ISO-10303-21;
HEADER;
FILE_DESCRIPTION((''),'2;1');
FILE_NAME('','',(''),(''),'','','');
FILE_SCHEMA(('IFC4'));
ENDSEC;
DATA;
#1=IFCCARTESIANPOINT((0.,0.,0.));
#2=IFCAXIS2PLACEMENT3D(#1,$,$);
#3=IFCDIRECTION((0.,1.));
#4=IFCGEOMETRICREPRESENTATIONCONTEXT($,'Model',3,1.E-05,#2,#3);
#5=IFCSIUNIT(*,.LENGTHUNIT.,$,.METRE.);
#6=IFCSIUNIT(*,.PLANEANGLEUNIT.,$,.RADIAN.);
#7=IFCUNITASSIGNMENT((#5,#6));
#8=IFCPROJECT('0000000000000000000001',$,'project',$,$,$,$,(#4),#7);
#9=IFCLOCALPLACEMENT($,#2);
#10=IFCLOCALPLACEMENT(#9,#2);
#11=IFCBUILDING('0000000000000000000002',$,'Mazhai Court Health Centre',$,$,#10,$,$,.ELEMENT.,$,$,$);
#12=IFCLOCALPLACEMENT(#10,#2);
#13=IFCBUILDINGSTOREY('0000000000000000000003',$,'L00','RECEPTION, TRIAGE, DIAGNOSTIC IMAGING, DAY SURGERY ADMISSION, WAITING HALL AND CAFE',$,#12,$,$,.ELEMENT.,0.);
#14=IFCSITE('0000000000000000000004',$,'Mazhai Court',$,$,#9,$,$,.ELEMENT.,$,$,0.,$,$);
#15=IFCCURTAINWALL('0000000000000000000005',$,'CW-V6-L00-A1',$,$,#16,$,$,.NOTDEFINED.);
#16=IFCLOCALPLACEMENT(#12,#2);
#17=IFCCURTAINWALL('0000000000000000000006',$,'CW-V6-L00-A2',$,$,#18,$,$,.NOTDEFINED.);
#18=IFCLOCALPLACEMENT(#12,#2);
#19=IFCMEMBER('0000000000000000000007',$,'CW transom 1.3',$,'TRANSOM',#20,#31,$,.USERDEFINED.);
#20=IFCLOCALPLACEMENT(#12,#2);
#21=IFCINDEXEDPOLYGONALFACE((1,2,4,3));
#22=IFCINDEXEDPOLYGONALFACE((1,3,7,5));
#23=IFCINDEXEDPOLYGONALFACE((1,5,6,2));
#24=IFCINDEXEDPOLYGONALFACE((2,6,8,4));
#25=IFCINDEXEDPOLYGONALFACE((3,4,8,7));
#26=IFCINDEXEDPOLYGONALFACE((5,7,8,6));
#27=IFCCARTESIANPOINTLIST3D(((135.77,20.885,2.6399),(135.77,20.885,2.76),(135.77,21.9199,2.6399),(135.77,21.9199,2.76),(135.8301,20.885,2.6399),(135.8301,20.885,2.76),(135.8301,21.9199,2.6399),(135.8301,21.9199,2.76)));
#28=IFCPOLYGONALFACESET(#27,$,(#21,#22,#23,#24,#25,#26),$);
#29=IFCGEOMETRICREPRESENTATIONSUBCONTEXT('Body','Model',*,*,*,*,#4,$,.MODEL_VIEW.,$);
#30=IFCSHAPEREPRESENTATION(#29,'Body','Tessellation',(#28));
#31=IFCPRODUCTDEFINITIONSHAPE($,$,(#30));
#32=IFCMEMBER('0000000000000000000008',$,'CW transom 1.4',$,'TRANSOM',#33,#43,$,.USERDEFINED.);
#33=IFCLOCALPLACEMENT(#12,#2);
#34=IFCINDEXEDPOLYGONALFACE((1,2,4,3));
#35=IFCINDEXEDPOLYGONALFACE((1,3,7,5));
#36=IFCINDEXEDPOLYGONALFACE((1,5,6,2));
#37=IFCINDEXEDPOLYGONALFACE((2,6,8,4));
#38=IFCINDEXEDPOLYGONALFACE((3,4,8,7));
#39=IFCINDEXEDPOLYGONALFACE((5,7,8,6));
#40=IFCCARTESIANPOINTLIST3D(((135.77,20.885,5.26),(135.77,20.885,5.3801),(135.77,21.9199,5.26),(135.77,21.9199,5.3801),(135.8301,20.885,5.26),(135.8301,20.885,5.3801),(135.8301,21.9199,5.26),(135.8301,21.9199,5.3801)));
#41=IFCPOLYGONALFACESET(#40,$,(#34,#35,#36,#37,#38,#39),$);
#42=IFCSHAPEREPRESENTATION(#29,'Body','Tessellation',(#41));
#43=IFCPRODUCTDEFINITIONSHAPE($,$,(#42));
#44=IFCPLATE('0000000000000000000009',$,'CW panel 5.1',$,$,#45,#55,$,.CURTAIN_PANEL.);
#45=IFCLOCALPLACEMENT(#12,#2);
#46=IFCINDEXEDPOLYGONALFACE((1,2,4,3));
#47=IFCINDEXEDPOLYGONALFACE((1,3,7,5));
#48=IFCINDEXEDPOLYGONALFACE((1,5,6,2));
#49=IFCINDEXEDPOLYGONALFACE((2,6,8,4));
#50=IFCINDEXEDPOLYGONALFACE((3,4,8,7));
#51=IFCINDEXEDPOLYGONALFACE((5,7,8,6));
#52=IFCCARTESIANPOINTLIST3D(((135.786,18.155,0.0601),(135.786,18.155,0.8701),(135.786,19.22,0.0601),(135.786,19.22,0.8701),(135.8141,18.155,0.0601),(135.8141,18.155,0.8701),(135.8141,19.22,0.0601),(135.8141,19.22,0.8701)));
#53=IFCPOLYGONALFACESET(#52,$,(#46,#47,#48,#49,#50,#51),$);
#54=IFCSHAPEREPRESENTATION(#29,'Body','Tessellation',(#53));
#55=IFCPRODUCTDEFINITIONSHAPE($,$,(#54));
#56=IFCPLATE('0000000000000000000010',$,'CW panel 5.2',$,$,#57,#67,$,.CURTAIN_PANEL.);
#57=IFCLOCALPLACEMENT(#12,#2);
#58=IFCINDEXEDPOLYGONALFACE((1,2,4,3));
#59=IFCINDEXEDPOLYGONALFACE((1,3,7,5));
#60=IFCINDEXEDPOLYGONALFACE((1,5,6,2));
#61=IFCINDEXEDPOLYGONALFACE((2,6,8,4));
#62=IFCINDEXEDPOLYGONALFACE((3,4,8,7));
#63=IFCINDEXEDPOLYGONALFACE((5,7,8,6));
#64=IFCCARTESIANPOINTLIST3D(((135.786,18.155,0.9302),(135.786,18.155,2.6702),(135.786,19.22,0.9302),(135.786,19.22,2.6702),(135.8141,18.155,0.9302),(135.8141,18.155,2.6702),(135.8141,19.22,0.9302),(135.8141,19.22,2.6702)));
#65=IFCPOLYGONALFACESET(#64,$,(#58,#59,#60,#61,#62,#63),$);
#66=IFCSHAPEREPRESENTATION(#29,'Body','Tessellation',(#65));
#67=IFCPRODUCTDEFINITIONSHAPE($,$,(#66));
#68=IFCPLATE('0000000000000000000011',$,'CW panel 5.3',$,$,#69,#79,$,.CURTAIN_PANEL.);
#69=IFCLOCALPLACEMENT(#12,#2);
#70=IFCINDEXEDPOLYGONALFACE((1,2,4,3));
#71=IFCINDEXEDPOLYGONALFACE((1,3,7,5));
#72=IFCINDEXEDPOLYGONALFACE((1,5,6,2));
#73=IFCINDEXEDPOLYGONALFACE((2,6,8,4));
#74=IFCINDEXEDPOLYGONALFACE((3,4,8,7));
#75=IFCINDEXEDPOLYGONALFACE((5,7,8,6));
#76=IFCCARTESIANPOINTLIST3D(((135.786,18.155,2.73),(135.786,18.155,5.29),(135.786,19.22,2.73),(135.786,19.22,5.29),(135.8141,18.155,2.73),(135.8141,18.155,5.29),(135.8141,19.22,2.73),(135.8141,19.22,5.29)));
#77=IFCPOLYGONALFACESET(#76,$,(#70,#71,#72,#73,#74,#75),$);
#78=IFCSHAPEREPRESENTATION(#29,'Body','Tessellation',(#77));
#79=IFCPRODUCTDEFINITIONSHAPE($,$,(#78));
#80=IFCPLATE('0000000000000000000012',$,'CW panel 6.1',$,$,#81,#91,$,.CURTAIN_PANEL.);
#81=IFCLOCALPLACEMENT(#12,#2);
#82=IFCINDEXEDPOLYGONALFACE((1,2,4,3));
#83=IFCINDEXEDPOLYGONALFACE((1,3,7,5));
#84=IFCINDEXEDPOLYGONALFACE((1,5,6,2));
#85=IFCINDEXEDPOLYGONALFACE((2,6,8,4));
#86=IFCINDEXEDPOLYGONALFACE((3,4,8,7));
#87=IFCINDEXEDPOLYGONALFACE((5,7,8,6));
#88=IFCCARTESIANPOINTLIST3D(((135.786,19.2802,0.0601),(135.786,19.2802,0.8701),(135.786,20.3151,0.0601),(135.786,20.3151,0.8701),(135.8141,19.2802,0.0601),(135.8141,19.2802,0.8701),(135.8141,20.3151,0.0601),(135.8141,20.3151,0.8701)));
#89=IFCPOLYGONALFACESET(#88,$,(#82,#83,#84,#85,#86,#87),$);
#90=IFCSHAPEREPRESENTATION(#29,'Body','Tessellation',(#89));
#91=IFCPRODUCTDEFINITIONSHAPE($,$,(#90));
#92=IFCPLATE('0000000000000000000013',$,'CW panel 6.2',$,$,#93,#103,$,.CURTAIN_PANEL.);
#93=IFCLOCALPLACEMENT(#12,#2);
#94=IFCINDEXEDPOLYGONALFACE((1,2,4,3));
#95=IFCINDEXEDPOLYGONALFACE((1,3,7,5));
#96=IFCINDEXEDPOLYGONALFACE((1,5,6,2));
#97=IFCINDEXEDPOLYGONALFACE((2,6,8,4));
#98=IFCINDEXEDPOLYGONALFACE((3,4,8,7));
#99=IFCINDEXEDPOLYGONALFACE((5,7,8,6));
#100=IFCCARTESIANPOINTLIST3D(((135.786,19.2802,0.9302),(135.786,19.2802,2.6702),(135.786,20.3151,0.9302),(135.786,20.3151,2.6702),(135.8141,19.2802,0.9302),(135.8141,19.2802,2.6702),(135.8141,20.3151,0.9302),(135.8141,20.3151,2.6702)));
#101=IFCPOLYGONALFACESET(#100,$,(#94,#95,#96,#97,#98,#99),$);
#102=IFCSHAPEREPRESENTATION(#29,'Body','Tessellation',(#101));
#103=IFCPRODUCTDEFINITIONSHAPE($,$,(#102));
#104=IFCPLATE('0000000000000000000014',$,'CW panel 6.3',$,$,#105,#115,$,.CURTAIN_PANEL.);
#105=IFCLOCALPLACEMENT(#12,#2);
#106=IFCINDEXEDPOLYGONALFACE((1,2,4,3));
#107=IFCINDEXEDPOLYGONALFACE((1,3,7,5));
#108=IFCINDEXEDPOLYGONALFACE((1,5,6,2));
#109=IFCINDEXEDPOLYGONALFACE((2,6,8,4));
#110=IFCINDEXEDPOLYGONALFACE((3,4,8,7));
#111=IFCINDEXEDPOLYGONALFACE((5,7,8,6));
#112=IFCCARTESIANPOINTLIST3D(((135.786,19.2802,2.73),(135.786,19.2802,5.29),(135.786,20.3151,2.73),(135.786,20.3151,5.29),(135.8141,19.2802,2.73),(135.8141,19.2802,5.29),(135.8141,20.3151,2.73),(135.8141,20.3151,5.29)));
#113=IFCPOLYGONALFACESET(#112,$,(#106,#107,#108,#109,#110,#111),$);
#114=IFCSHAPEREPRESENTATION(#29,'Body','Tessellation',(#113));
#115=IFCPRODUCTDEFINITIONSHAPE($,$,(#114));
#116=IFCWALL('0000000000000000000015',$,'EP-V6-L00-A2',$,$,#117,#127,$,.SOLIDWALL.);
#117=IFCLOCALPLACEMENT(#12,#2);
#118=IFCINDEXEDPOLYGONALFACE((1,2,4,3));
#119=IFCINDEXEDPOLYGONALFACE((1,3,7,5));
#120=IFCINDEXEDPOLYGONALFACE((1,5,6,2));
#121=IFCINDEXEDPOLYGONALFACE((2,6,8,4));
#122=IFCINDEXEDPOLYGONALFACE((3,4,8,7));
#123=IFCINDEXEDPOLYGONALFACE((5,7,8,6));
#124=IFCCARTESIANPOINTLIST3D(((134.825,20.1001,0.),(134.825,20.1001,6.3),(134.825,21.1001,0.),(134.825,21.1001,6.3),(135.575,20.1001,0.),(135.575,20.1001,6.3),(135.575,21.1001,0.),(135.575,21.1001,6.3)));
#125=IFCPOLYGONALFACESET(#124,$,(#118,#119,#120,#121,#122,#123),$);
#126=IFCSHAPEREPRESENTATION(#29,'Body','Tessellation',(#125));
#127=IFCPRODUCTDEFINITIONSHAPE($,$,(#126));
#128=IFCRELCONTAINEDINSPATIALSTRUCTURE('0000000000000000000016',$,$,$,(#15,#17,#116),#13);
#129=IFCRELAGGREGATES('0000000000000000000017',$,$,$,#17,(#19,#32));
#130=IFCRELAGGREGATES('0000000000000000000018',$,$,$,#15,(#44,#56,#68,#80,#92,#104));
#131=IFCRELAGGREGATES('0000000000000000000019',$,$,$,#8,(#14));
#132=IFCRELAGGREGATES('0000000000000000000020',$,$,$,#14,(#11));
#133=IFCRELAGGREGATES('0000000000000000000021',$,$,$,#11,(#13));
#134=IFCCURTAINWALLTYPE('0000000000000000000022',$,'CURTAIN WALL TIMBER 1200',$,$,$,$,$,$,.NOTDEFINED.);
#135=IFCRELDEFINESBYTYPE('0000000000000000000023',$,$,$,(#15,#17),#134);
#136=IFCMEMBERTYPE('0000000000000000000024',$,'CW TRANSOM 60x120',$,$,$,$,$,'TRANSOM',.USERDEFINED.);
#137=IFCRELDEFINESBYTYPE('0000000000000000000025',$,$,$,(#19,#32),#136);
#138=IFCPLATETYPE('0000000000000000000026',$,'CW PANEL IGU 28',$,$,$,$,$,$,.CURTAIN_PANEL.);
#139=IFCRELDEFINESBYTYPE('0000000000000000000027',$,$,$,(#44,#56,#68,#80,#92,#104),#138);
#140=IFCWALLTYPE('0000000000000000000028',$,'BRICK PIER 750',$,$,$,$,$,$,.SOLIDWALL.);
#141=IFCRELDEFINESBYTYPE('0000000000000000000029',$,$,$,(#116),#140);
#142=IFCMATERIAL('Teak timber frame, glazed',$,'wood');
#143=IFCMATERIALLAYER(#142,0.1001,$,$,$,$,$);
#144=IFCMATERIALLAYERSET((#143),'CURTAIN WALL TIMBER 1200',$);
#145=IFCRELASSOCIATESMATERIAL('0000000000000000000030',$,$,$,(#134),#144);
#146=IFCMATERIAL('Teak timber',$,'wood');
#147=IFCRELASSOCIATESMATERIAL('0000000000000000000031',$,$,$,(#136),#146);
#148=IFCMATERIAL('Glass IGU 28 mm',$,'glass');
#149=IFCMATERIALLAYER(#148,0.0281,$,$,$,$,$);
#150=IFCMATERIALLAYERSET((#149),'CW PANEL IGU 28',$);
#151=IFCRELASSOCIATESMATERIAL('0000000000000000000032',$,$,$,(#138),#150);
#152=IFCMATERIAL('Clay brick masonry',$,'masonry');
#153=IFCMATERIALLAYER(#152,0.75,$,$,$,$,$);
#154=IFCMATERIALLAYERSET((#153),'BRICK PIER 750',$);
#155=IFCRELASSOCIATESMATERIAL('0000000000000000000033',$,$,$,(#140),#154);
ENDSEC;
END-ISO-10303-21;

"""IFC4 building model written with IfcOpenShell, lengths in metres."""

from ifc_helpers import new_model, si_unit, direction, frame, frame_2d, origin, origin_2d, place, context, subcontext, project, spatial, rectangle, extrude, material, layer, layer_set, material_profile, profile_set, type_object, element, aggregate, save


model = new_model("IFC4")

# Units and contexts
model_context = context("Model", 3, precision=1e-05, world=origin(), true_north=direction((0.0, 1.0)))
body_context = subcontext(model_context, "Body", "Model", "MODEL_VIEW")
ifc_project = project(units=[si_unit("LENGTHUNIT", "METRE"), si_unit("PLANEANGLEUNIT", "RADIAN")], contexts=[model_context])

# Site, building, storey
site_placement = place(None, origin())
site = spatial("IfcSite", under=ifc_project, at=site_placement, Name="Mazhai Court", CompositionType="ELEMENT", RefElevation=0.0)
building_placement = place(site_placement, origin())
building = spatial("IfcBuilding", under=site, at=building_placement, Name="Mazhai Court Health Centre", CompositionType="ELEMENT")
storey_placement = place(building_placement, origin())
storey = spatial("IfcBuildingStorey", under=building, at=storey_placement, Name="L00", Description="RECEPTION, TRIAGE, DIAGNOSTIC IMAGING, DAY SURGERY ADMISSION, WAITING HALL AND CAFE", CompositionType="ELEMENT", Elevation=0.0)

# Curtain wall
ifc_material_1 = material(Name="Teak timber frame, glazed", Category="wood")
ifc_layer_1 = layer(ifc_material_1, 0.1001)
ifc_layer_set_1 = layer_set([ifc_layer_1], Name="CURTAIN WALL TIMBER 1200")
curtain_wall_type = type_object("IfcCurtainWallType", Name="CURTAIN WALL TIMBER 1200", PredefinedType="NOTDEFINED", material=ifc_layer_set_1)
curtain_wall_1_placement = place(storey_placement, origin())
curtain_wall_1 = element("IfcCurtainWall", 1, at=curtain_wall_1_placement, inside=storey, type_object=curtain_wall_type, Name="CW-V6-L00-A1", PredefinedType="NOTDEFINED")

# Curtain wall
curtain_wall_2_placement = place(storey_placement, origin())
curtain_wall_2 = element("IfcCurtainWall", 2, at=curtain_wall_2_placement, inside=storey, type_object=curtain_wall_type, Name="CW-V6-L00-A2", PredefinedType="NOTDEFINED")

# Members
ifc_material_2 = material(Name="Teak timber", Category="wood")
ifc_material_profile_1 = material_profile(ifc_material_2, rectangle(XDim=0.0601, YDim=0.1201, at=origin_2d()), Name="CW TRANSOM 60x120")
ifc_profile_set_1 = profile_set([ifc_material_profile_1], Name="Teak timber")
member_type_1 = type_object("IfcMemberType", Name="CW TRANSOM 60x120", ElementType="TRANSOM", PredefinedType="USERDEFINED", material=ifc_profile_set_1)
member_1_placement = place(storey_placement, frame((135.8, 20.885, 2.7), z_axis=(0.0, 1.0, 0.0), x_axis=(-1.0, 0.0, 0.0)))
member_1 = element("IfcMember", 3, at=member_1_placement, type_object=member_type_1, Name="CW transom 1.3", ObjectType="TRANSOM", PredefinedType="USERDEFINED", context=body_context, shape_type="SweptSolid", body=[
    extrude(rectangle(XDim=0.0601, YDim=0.1201, at=origin_2d()), origin(), (0.0, 0.0, 1.0), 1.0349),
])
member_2_placement = place(storey_placement, frame((135.8, 20.885, 5.3201), z_axis=(0.0, 1.0, 0.0), x_axis=(-1.0, 0.0, 0.0)))
member_2 = element("IfcMember", 4, at=member_2_placement, type_object=member_type_1, Name="CW transom 1.4", ObjectType="TRANSOM", PredefinedType="USERDEFINED", context=body_context, shape_type="SweptSolid", body=[
    extrude(rectangle(XDim=0.0601, YDim=0.1201, at=origin_2d()), origin(), (0.0, 0.0, 1.0), 1.0349),
])
aggregate(curtain_wall_2, [member_1, member_2])

# Plates
ifc_material_3 = material(Name="Glass IGU 28 mm", Category="glass")
ifc_layer_2 = layer(ifc_material_3, 0.0281)
ifc_layer_set_2 = layer_set([ifc_layer_2], Name="CW PANEL IGU 28")
plate_type = type_object("IfcPlateType", Name="CW PANEL IGU 28", PredefinedType="CURTAIN_PANEL", material=ifc_layer_set_2)
plate_1_placement = place(storey_placement, frame((135.8, 18.6875, 0.0601), z_axis=(0.0, 0.0, 1.0), x_axis=(0.0, 1.0, 0.0)))
plate_1 = element("IfcPlate", 5, at=plate_1_placement, type_object=plate_type, Name="CW panel 5.1", PredefinedType="CURTAIN_PANEL", context=body_context, shape_type="SweptSolid", body=[
    extrude(rectangle(XDim=1.0649, YDim=0.0281, at=origin_2d()), origin(), (0.0, 0.0, 1.0), 0.8101),
])
plate_2_placement = place(storey_placement, frame((135.8, 18.6875, 0.9302), z_axis=(0.0, 0.0, 1.0), x_axis=(0.0, 1.0, 0.0)))
plate_2 = element("IfcPlate", 6, at=plate_2_placement, type_object=plate_type, Name="CW panel 5.2", PredefinedType="CURTAIN_PANEL", context=body_context, shape_type="SweptSolid", body=[
    extrude(rectangle(XDim=1.0649, YDim=0.0281, at=origin_2d()), origin(), (0.0, 0.0, 1.0), 1.74),
])
plate_3_placement = place(storey_placement, frame((135.8, 18.6875, 2.73), z_axis=(0.0, 0.0, 1.0), x_axis=(0.0, 1.0, 0.0)))
plate_3 = element("IfcPlate", 7, at=plate_3_placement, type_object=plate_type, Name="CW panel 5.3", PredefinedType="CURTAIN_PANEL", context=body_context, shape_type="SweptSolid", body=[
    extrude(rectangle(XDim=1.0649, YDim=0.0281, at=origin_2d()), origin(), (0.0, 0.0, 1.0), 2.5601),
])
plate_4_placement = place(storey_placement, frame((135.8, 19.7976, 0.0601), z_axis=(0.0, 0.0, 1.0), x_axis=(0.0, 1.0, 0.0)))
plate_4 = element("IfcPlate", 8, at=plate_4_placement, type_object=plate_type, Name="CW panel 6.1", PredefinedType="CURTAIN_PANEL", context=body_context, shape_type="SweptSolid", body=[
    extrude(rectangle(XDim=1.0349, YDim=0.0281, at=origin_2d()), origin(), (0.0, 0.0, 1.0), 0.8101),
])
plate_5_placement = place(storey_placement, frame((135.8, 19.7976, 0.9302), z_axis=(0.0, 0.0, 1.0), x_axis=(0.0, 1.0, 0.0)))
plate_5 = element("IfcPlate", 9, at=plate_5_placement, type_object=plate_type, Name="CW panel 6.2", PredefinedType="CURTAIN_PANEL", context=body_context, shape_type="SweptSolid", body=[
    extrude(rectangle(XDim=1.0349, YDim=0.0281, at=origin_2d()), origin(), (0.0, 0.0, 1.0), 1.74),
])
plate_6_placement = place(storey_placement, frame((135.8, 19.7976, 2.73), z_axis=(0.0, 0.0, 1.0), x_axis=(0.0, 1.0, 0.0)))
plate_6 = element("IfcPlate", 10, at=plate_6_placement, type_object=plate_type, Name="CW panel 6.3", PredefinedType="CURTAIN_PANEL", context=body_context, shape_type="SweptSolid", body=[
    extrude(rectangle(XDim=1.0349, YDim=0.0281, at=origin_2d()), origin(), (0.0, 0.0, 1.0), 2.5601),
])
aggregate(curtain_wall_1, [plate_1, plate_2, plate_3, plate_4, plate_5, plate_6])

# Wall
ifc_material_4 = material(Name="Clay brick masonry", Category="masonry")
ifc_layer_3 = layer(ifc_material_4, 0.75)
ifc_layer_set_3 = layer_set([ifc_layer_3], Name="BRICK PIER 750")
wall_type = type_object("IfcWallType", Name="BRICK PIER 750", PredefinedType="SOLIDWALL", material=ifc_layer_set_3)
wall_placement = place(storey_placement, frame((135.2, 20.1001, 0.0), z_axis=(0.0, 0.0, 1.0), x_axis=(0.0, 1.0, 0.0)))
element("IfcWall", 11, at=wall_placement, inside=storey, type_object=wall_type, Name="EP-V6-L00-A2", PredefinedType="SOLIDWALL", context=body_context, shape_type="SweptSolid", body=[
    extrude(rectangle(XDim=1.0, YDim=0.75, at=frame_2d((0.5, 0.0))), origin(), (0.0, 0.0, 1.0), 6.3),
])

save(model, "model.ifc")
